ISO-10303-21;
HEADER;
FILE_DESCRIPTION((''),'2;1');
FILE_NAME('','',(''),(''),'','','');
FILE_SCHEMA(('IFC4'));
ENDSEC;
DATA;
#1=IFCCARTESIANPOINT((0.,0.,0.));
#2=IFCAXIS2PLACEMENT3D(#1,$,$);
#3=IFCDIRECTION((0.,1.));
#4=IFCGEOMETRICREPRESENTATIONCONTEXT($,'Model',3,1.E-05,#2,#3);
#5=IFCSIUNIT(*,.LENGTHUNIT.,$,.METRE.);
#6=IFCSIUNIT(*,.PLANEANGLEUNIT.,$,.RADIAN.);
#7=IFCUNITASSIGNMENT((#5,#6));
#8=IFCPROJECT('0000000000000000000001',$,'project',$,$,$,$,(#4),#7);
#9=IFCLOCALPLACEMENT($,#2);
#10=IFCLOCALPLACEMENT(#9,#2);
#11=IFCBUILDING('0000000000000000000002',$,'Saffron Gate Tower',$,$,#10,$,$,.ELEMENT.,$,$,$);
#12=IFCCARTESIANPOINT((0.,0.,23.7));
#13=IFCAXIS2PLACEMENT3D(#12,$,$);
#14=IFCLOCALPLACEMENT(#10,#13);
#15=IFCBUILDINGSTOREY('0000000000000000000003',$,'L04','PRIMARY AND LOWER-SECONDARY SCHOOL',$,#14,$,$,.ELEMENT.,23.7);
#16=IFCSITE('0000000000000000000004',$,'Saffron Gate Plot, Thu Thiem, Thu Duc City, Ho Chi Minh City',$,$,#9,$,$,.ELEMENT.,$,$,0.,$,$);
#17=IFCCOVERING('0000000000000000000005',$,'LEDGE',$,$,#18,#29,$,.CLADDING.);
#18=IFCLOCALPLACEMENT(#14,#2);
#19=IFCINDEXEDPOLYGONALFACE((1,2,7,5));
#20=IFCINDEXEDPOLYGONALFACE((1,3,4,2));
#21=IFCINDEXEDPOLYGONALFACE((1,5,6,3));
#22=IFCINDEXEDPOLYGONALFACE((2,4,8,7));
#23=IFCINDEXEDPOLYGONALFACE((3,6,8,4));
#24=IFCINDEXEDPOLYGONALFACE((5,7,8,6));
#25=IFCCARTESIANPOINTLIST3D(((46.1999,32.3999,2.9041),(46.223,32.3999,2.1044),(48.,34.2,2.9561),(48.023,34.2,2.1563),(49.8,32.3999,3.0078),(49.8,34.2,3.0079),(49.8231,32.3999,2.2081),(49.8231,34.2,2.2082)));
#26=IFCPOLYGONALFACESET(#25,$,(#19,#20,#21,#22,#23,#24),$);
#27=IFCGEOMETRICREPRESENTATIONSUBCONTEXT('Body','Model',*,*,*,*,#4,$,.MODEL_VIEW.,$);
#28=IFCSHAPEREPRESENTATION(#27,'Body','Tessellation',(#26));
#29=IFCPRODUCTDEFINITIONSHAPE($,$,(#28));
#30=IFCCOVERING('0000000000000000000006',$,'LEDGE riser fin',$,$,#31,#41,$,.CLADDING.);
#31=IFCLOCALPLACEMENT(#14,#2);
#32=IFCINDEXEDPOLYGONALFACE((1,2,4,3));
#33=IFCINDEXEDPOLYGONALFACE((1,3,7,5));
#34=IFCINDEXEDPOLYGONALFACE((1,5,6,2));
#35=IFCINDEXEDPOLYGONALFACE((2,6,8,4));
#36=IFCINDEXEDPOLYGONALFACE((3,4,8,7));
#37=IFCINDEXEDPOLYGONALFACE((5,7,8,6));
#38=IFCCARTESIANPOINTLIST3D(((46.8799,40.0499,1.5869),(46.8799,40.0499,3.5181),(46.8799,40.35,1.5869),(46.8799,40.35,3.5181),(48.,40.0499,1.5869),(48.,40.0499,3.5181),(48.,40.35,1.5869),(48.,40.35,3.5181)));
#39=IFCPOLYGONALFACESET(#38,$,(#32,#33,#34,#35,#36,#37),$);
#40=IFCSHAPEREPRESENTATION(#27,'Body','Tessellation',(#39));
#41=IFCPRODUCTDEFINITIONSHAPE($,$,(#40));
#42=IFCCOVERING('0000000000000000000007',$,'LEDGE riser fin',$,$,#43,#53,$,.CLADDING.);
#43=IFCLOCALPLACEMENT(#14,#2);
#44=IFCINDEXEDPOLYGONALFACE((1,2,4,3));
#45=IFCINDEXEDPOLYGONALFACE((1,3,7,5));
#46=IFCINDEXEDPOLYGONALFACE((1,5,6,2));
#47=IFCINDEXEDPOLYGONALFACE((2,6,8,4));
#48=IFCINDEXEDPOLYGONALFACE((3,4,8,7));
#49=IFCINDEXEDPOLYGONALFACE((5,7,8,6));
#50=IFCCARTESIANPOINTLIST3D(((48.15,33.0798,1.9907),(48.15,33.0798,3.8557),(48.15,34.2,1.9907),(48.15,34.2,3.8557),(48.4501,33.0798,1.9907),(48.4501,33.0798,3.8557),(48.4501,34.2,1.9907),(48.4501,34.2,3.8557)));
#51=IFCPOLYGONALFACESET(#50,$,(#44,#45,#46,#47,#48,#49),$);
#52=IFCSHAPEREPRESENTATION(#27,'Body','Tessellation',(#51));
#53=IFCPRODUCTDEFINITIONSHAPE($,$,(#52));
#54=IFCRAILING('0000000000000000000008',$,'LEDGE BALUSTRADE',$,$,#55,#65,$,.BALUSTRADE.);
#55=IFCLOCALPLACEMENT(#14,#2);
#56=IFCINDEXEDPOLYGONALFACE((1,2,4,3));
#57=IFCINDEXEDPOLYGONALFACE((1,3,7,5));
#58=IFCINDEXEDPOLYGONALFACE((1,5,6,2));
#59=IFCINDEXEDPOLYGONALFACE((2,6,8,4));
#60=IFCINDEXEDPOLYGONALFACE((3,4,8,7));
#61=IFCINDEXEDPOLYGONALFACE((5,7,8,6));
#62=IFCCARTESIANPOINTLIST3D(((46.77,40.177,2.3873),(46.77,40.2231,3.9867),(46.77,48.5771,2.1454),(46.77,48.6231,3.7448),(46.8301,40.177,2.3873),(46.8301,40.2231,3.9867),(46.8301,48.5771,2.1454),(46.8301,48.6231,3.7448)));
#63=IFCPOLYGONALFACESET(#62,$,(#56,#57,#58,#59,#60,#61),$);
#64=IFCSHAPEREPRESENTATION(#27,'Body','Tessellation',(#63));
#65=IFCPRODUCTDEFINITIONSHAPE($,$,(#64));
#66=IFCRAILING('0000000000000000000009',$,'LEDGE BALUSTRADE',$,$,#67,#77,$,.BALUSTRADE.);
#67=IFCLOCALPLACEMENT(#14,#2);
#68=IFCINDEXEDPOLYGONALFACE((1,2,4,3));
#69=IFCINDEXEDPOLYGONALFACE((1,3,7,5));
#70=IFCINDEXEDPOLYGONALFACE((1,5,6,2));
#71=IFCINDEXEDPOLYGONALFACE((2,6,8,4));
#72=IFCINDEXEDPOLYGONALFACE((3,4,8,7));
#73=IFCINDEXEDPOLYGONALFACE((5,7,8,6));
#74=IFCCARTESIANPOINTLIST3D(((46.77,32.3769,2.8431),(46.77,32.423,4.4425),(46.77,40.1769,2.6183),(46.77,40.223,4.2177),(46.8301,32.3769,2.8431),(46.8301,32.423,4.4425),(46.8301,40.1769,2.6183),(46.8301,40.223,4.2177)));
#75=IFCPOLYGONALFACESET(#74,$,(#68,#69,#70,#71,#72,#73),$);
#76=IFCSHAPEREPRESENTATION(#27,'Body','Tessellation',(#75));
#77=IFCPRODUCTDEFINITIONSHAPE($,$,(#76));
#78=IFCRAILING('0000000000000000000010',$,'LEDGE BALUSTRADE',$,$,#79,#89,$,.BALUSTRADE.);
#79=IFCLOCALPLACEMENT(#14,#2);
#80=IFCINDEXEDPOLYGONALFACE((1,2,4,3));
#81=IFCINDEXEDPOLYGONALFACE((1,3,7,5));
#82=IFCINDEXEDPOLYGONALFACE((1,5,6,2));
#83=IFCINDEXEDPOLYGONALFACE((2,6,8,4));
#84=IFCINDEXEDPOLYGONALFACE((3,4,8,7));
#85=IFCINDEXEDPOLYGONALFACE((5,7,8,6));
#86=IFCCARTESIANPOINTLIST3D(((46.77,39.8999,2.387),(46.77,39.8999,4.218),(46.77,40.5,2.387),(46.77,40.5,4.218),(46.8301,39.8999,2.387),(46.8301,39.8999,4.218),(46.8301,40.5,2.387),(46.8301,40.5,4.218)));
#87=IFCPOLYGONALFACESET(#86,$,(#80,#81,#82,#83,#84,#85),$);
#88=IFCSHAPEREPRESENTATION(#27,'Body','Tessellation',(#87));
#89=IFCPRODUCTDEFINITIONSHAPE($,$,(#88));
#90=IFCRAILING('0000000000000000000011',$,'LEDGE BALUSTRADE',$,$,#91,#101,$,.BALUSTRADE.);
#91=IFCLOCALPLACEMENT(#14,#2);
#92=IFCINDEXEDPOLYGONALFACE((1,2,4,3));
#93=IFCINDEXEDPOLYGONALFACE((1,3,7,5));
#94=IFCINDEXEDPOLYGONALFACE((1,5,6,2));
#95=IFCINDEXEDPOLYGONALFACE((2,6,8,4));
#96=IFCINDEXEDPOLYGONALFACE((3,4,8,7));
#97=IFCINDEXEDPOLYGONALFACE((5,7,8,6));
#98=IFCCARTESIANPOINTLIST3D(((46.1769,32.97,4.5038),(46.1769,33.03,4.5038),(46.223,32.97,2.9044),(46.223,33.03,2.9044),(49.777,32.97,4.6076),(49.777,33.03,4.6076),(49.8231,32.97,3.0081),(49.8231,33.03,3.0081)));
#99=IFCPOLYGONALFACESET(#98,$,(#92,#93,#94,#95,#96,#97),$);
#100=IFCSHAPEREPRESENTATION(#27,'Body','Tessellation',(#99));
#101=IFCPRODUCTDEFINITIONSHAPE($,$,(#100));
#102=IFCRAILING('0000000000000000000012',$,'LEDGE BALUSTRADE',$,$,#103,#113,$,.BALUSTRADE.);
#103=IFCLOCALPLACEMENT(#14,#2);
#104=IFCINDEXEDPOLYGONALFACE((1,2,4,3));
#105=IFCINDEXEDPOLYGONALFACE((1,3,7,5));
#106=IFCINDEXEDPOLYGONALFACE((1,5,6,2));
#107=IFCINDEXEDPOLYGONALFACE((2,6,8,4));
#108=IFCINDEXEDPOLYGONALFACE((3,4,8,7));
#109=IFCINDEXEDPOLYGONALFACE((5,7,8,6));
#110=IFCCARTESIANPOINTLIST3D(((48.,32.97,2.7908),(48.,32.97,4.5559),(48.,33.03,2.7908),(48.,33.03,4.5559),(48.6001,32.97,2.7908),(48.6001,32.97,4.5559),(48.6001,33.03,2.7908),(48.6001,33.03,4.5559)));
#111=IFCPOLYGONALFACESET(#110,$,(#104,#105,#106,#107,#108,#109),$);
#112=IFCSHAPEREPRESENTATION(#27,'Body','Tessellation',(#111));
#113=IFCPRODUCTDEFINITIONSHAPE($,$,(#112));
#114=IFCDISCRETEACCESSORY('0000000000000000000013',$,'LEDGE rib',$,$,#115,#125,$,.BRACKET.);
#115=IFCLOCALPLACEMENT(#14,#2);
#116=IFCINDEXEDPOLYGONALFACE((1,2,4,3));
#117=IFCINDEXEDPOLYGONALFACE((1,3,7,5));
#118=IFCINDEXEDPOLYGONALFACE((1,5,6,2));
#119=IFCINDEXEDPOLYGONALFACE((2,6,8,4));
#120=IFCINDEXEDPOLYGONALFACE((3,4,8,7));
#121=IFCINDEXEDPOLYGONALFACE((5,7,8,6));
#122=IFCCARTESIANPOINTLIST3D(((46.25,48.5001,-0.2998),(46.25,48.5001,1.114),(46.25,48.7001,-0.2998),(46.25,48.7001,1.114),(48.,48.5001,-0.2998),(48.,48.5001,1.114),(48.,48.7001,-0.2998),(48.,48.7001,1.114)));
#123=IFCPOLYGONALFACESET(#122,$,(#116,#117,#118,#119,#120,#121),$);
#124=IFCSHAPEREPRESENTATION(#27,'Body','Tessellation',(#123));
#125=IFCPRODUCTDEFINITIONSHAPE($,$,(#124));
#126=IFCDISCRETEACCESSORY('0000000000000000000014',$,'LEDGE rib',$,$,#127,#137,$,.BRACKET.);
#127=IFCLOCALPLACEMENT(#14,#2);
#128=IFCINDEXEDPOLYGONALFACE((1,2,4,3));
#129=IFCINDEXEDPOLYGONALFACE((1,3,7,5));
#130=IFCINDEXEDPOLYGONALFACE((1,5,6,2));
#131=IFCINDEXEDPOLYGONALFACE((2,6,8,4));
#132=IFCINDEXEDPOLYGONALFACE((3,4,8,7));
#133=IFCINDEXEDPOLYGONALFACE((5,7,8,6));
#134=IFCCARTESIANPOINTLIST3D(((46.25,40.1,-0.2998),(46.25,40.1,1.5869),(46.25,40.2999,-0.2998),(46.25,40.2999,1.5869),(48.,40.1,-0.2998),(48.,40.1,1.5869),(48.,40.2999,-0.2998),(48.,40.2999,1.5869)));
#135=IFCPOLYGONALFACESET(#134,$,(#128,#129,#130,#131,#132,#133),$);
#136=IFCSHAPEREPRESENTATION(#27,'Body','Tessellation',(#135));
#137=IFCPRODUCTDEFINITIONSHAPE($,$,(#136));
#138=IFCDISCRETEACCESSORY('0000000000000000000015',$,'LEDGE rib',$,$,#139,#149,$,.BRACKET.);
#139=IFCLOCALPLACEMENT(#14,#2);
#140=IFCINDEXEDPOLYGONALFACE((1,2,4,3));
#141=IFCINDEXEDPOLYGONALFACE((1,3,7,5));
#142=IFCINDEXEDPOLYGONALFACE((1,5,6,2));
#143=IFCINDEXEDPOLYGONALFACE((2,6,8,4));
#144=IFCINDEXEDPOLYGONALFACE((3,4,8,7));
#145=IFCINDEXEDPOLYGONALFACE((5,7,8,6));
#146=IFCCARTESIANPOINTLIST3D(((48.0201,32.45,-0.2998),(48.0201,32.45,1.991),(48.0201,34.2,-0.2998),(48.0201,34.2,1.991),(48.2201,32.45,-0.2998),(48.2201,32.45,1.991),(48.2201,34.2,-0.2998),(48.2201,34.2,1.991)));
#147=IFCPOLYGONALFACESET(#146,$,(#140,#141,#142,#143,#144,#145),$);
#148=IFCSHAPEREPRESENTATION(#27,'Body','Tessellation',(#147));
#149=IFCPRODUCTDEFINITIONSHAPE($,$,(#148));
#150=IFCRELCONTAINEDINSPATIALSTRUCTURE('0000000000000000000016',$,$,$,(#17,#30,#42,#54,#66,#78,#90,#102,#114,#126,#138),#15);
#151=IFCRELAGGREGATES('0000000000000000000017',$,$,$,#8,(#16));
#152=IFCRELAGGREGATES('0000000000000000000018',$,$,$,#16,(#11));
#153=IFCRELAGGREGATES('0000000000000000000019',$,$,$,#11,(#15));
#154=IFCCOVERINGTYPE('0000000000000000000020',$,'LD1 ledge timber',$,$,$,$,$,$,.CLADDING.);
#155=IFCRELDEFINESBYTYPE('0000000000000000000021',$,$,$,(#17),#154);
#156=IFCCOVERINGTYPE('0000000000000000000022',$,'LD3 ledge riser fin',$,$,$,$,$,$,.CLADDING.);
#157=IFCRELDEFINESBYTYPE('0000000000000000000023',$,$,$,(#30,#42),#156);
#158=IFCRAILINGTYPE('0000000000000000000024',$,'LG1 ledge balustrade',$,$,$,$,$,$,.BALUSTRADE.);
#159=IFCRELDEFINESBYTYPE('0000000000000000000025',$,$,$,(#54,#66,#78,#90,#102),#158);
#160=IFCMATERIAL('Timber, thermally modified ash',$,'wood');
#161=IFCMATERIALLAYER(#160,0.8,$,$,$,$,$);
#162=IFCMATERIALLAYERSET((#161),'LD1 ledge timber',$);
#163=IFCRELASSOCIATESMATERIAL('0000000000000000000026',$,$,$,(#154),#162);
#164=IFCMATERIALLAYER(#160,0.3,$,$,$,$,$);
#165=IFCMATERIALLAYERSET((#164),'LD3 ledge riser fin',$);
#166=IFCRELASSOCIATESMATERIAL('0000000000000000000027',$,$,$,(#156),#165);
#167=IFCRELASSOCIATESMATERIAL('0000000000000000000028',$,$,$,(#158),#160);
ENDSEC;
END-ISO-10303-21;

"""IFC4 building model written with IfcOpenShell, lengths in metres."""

from ifc_helpers import new_model, si_unit, direction, frame, origin, origin_2d, place, context, subcontext, project, spatial, polyline, rectangle, outline, extrude, material, layer, layer_set, type_object, element, save


model = new_model("IFC4")

# Units and contexts
model_context = context("Model", 3, precision=1e-05, world=origin(), true_north=direction((0.0, 1.0)))
body_context = subcontext(model_context, "Body", "Model", "MODEL_VIEW")
ifc_project = project(units=[si_unit("LENGTHUNIT", "METRE"), si_unit("PLANEANGLEUNIT", "RADIAN")], contexts=[model_context])

# Site, building, storey
site_placement = place(None, origin())
site = spatial("IfcSite", under=ifc_project, at=site_placement, Name="Saffron Gate Plot, Thu Thiem, Thu Duc City, Ho Chi Minh City", CompositionType="ELEMENT", RefElevation=0.0)
building_placement = place(site_placement, origin())
building = spatial("IfcBuilding", under=site, at=building_placement, Name="Saffron Gate Tower", CompositionType="ELEMENT")
storey_placement = place(building_placement, frame((0.0, 0.0, 23.7)))
storey = spatial("IfcBuildingStorey", under=building, at=storey_placement, Name="L04", Description="PRIMARY AND LOWER-SECONDARY SCHOOL", CompositionType="ELEMENT", Elevation=23.7)

# Coverings
ifc_material_1 = material(Name="Timber, thermally modified ash", Category="wood")
ifc_layer_1 = layer(ifc_material_1, 0.8)
ifc_layer_set_1 = layer_set([ifc_layer_1], Name="LD1 ledge timber")
covering_type_1 = type_object("IfcCoveringType", Name="LD1 ledge timber", PredefinedType="CLADDING", material=ifc_layer_set_1)
covering_1_placement = place(storey_placement, frame((48.0, 34.2, 2.9561), z_axis=(-0.028787, -0.000045, 0.999586), x_axis=(0.999586, 0.0, 0.028787)))
element("IfcCovering", 1, at=covering_1_placement, inside=storey, type_object=covering_type_1, Name="LEDGE", PredefinedType="CLADDING", context=body_context, shape_type="SweptSolid", body=[
    extrude(outline(polyline([(0.0, 0.0), (1.8008, 0.0), (1.8008, -1.8), (-1.8008, -1.8), (0.0, 0.0)])), origin(), (0.0, 0.0, -1.0), 0.8),
])
ifc_layer_2 = layer(ifc_material_1, 0.3)
ifc_layer_set_2 = layer_set([ifc_layer_2], Name="LD3 ledge riser fin")
covering_type_2 = type_object("IfcCoveringType", Name="LD3 ledge riser fin", PredefinedType="CLADDING", material=ifc_layer_set_2)
covering_2_placement = place(storey_placement, frame((47.4399, 40.2, 1.5869), z_axis=(0.0, 0.0, 1.0), x_axis=(0.0, -1.0, 0.0)))
element("IfcCovering", 2, at=covering_2_placement, inside=storey, type_object=covering_type_2, Name="LEDGE riser fin", PredefinedType="CLADDING", context=body_context, shape_type="SweptSolid", body=[
    extrude(rectangle(XDim=0.3, YDim=1.1201, at=origin_2d()), origin(), (0.0, 0.0, 1.0), 1.9312),
])
covering_3_placement = place(storey_placement, frame((48.3, 33.6399, 1.9907), z_axis=(0.0, 0.0, 1.0), x_axis=(1.0, 0.0, 0.0)))
element("IfcCovering", 3, at=covering_3_placement, inside=storey, type_object=covering_type_2, Name="LEDGE riser fin", PredefinedType="CLADDING", context=body_context, shape_type="SweptSolid", body=[
    extrude(rectangle(XDim=0.3, YDim=1.1201, at=origin_2d()), origin(), (0.0, 0.0, 1.0), 1.865),
])

# Railings
railing_type = type_object("IfcRailingType", Name="LG1 ledge balustrade", PredefinedType="BALUSTRADE", material=ifc_material_1)
railing_1_placement = place(storey_placement, frame((46.8, 48.6001, 2.145)))
element("IfcRailing", 4, at=railing_1_placement, inside=storey, type_object=railing_type, Name="LEDGE BALUSTRADE", PredefinedType="BALUSTRADE", context=body_context, shape_type="SweptSolid", body=[
    extrude(rectangle(XDim=0.0601, YDim=1.6001, at=origin_2d()), frame((0.0, 0.0, 0.8), z_axis=(0.0, -0.999585, 0.02879), x_axis=(1.0, 0.0, 0.0)), (0.0, 0.0, 1.0), 8.4036),
])
railing_2_placement = place(storey_placement, frame((46.8, 40.2, 2.6179)))
element("IfcRailing", 5, at=railing_2_placement, inside=storey, type_object=railing_type, Name="LEDGE BALUSTRADE", PredefinedType="BALUSTRADE", context=body_context, shape_type="SweptSolid", body=[
    extrude(rectangle(XDim=0.0601, YDim=1.6001, at=origin_2d()), frame((0.0, 0.0, 0.8), z_axis=(0.0, -0.999585, 0.028815), x_axis=(1.0, 0.0, 0.0)), (0.0, 0.0, 1.0), 7.8032),
])
railing_3_placement = place(storey_placement, frame((46.8, 40.5, 2.387)))
element("IfcRailing", 6, at=railing_3_placement, inside=storey, type_object=railing_type, Name="LEDGE BALUSTRADE", PredefinedType="BALUSTRADE", context=body_context, shape_type="SweptSolid", body=[
    extrude(rectangle(XDim=0.0601, YDim=1.8311, at=origin_2d()), frame((0.0, 0.0, 0.9155), z_axis=(0.0, -1.0, 0.0), x_axis=(1.0, 0.0, 0.0)), (0.0, 0.0, 1.0), 0.6001),
])
railing_4_placement = place(storey_placement, frame((46.2, 33.0, 2.9041)))
element("IfcRailing", 7, at=railing_4_placement, inside=storey, type_object=railing_type, Name="LEDGE BALUSTRADE", PredefinedType="BALUSTRADE", context=body_context, shape_type="SweptSolid", body=[
    extrude(rectangle(XDim=0.0601, YDim=1.6001, at=origin_2d()), frame((0.0, 0.0, 0.8), z_axis=(0.999585, 0.0, 0.028809), x_axis=(0.0, 1.0, 0.0)), (0.0, 0.0, 1.0), 3.6016),
])
railing_5_placement = place(storey_placement, frame((48.0, 33.0, 2.7908)))
element("IfcRailing", 8, at=railing_5_placement, inside=storey, type_object=railing_type, Name="LEDGE BALUSTRADE", PredefinedType="BALUSTRADE", context=body_context, shape_type="SweptSolid", body=[
    extrude(rectangle(XDim=0.0601, YDim=1.7651, at=origin_2d()), frame((0.0, 0.0, 0.8826), z_axis=(1.0, 0.0, 0.0), x_axis=(0.0, 1.0, 0.0)), (0.0, 0.0, 1.0), 0.6001),
])

# Discrete accessories
discrete_accessory_1_placement = place(storey_placement, frame((47.125, 48.6001, -0.2998), z_axis=(0.0, 0.0, 1.0), x_axis=(0.0, -1.0, 0.0)))
element("IfcDiscreteAccessory", 9, at=discrete_accessory_1_placement, inside=storey, Name="LEDGE rib", PredefinedType="BRACKET", context=body_context, shape_type="SweptSolid", body=[
    extrude(rectangle(XDim=0.2, YDim=1.75, at=origin_2d()), origin(), (0.0, 0.0, 1.0), 1.4138),
])
discrete_accessory_2_placement = place(storey_placement, frame((47.125, 40.2, -0.2998), z_axis=(0.0, 0.0, 1.0), x_axis=(0.0, -1.0, 0.0)))
element("IfcDiscreteAccessory", 10, at=discrete_accessory_2_placement, inside=storey, Name="LEDGE rib", PredefinedType="BRACKET", context=body_context, shape_type="SweptSolid", body=[
    extrude(rectangle(XDim=0.2, YDim=1.75, at=origin_2d()), origin(), (0.0, 0.0, 1.0), 1.8867),
])
discrete_accessory_3_placement = place(storey_placement, frame((48.1201, 33.325, -0.2998), z_axis=(0.0, 0.0, 1.0), x_axis=(1.0, 0.0, 0.0)))
element("IfcDiscreteAccessory", 11, at=discrete_accessory_3_placement, inside=storey, Name="LEDGE rib", PredefinedType="BRACKET", context=body_context, shape_type="SweptSolid", body=[
    extrude(rectangle(XDim=0.2, YDim=1.75, at=origin_2d()), origin(), (0.0, 0.0, 1.0), 2.2908),
])

save(model, "model.ifc")
